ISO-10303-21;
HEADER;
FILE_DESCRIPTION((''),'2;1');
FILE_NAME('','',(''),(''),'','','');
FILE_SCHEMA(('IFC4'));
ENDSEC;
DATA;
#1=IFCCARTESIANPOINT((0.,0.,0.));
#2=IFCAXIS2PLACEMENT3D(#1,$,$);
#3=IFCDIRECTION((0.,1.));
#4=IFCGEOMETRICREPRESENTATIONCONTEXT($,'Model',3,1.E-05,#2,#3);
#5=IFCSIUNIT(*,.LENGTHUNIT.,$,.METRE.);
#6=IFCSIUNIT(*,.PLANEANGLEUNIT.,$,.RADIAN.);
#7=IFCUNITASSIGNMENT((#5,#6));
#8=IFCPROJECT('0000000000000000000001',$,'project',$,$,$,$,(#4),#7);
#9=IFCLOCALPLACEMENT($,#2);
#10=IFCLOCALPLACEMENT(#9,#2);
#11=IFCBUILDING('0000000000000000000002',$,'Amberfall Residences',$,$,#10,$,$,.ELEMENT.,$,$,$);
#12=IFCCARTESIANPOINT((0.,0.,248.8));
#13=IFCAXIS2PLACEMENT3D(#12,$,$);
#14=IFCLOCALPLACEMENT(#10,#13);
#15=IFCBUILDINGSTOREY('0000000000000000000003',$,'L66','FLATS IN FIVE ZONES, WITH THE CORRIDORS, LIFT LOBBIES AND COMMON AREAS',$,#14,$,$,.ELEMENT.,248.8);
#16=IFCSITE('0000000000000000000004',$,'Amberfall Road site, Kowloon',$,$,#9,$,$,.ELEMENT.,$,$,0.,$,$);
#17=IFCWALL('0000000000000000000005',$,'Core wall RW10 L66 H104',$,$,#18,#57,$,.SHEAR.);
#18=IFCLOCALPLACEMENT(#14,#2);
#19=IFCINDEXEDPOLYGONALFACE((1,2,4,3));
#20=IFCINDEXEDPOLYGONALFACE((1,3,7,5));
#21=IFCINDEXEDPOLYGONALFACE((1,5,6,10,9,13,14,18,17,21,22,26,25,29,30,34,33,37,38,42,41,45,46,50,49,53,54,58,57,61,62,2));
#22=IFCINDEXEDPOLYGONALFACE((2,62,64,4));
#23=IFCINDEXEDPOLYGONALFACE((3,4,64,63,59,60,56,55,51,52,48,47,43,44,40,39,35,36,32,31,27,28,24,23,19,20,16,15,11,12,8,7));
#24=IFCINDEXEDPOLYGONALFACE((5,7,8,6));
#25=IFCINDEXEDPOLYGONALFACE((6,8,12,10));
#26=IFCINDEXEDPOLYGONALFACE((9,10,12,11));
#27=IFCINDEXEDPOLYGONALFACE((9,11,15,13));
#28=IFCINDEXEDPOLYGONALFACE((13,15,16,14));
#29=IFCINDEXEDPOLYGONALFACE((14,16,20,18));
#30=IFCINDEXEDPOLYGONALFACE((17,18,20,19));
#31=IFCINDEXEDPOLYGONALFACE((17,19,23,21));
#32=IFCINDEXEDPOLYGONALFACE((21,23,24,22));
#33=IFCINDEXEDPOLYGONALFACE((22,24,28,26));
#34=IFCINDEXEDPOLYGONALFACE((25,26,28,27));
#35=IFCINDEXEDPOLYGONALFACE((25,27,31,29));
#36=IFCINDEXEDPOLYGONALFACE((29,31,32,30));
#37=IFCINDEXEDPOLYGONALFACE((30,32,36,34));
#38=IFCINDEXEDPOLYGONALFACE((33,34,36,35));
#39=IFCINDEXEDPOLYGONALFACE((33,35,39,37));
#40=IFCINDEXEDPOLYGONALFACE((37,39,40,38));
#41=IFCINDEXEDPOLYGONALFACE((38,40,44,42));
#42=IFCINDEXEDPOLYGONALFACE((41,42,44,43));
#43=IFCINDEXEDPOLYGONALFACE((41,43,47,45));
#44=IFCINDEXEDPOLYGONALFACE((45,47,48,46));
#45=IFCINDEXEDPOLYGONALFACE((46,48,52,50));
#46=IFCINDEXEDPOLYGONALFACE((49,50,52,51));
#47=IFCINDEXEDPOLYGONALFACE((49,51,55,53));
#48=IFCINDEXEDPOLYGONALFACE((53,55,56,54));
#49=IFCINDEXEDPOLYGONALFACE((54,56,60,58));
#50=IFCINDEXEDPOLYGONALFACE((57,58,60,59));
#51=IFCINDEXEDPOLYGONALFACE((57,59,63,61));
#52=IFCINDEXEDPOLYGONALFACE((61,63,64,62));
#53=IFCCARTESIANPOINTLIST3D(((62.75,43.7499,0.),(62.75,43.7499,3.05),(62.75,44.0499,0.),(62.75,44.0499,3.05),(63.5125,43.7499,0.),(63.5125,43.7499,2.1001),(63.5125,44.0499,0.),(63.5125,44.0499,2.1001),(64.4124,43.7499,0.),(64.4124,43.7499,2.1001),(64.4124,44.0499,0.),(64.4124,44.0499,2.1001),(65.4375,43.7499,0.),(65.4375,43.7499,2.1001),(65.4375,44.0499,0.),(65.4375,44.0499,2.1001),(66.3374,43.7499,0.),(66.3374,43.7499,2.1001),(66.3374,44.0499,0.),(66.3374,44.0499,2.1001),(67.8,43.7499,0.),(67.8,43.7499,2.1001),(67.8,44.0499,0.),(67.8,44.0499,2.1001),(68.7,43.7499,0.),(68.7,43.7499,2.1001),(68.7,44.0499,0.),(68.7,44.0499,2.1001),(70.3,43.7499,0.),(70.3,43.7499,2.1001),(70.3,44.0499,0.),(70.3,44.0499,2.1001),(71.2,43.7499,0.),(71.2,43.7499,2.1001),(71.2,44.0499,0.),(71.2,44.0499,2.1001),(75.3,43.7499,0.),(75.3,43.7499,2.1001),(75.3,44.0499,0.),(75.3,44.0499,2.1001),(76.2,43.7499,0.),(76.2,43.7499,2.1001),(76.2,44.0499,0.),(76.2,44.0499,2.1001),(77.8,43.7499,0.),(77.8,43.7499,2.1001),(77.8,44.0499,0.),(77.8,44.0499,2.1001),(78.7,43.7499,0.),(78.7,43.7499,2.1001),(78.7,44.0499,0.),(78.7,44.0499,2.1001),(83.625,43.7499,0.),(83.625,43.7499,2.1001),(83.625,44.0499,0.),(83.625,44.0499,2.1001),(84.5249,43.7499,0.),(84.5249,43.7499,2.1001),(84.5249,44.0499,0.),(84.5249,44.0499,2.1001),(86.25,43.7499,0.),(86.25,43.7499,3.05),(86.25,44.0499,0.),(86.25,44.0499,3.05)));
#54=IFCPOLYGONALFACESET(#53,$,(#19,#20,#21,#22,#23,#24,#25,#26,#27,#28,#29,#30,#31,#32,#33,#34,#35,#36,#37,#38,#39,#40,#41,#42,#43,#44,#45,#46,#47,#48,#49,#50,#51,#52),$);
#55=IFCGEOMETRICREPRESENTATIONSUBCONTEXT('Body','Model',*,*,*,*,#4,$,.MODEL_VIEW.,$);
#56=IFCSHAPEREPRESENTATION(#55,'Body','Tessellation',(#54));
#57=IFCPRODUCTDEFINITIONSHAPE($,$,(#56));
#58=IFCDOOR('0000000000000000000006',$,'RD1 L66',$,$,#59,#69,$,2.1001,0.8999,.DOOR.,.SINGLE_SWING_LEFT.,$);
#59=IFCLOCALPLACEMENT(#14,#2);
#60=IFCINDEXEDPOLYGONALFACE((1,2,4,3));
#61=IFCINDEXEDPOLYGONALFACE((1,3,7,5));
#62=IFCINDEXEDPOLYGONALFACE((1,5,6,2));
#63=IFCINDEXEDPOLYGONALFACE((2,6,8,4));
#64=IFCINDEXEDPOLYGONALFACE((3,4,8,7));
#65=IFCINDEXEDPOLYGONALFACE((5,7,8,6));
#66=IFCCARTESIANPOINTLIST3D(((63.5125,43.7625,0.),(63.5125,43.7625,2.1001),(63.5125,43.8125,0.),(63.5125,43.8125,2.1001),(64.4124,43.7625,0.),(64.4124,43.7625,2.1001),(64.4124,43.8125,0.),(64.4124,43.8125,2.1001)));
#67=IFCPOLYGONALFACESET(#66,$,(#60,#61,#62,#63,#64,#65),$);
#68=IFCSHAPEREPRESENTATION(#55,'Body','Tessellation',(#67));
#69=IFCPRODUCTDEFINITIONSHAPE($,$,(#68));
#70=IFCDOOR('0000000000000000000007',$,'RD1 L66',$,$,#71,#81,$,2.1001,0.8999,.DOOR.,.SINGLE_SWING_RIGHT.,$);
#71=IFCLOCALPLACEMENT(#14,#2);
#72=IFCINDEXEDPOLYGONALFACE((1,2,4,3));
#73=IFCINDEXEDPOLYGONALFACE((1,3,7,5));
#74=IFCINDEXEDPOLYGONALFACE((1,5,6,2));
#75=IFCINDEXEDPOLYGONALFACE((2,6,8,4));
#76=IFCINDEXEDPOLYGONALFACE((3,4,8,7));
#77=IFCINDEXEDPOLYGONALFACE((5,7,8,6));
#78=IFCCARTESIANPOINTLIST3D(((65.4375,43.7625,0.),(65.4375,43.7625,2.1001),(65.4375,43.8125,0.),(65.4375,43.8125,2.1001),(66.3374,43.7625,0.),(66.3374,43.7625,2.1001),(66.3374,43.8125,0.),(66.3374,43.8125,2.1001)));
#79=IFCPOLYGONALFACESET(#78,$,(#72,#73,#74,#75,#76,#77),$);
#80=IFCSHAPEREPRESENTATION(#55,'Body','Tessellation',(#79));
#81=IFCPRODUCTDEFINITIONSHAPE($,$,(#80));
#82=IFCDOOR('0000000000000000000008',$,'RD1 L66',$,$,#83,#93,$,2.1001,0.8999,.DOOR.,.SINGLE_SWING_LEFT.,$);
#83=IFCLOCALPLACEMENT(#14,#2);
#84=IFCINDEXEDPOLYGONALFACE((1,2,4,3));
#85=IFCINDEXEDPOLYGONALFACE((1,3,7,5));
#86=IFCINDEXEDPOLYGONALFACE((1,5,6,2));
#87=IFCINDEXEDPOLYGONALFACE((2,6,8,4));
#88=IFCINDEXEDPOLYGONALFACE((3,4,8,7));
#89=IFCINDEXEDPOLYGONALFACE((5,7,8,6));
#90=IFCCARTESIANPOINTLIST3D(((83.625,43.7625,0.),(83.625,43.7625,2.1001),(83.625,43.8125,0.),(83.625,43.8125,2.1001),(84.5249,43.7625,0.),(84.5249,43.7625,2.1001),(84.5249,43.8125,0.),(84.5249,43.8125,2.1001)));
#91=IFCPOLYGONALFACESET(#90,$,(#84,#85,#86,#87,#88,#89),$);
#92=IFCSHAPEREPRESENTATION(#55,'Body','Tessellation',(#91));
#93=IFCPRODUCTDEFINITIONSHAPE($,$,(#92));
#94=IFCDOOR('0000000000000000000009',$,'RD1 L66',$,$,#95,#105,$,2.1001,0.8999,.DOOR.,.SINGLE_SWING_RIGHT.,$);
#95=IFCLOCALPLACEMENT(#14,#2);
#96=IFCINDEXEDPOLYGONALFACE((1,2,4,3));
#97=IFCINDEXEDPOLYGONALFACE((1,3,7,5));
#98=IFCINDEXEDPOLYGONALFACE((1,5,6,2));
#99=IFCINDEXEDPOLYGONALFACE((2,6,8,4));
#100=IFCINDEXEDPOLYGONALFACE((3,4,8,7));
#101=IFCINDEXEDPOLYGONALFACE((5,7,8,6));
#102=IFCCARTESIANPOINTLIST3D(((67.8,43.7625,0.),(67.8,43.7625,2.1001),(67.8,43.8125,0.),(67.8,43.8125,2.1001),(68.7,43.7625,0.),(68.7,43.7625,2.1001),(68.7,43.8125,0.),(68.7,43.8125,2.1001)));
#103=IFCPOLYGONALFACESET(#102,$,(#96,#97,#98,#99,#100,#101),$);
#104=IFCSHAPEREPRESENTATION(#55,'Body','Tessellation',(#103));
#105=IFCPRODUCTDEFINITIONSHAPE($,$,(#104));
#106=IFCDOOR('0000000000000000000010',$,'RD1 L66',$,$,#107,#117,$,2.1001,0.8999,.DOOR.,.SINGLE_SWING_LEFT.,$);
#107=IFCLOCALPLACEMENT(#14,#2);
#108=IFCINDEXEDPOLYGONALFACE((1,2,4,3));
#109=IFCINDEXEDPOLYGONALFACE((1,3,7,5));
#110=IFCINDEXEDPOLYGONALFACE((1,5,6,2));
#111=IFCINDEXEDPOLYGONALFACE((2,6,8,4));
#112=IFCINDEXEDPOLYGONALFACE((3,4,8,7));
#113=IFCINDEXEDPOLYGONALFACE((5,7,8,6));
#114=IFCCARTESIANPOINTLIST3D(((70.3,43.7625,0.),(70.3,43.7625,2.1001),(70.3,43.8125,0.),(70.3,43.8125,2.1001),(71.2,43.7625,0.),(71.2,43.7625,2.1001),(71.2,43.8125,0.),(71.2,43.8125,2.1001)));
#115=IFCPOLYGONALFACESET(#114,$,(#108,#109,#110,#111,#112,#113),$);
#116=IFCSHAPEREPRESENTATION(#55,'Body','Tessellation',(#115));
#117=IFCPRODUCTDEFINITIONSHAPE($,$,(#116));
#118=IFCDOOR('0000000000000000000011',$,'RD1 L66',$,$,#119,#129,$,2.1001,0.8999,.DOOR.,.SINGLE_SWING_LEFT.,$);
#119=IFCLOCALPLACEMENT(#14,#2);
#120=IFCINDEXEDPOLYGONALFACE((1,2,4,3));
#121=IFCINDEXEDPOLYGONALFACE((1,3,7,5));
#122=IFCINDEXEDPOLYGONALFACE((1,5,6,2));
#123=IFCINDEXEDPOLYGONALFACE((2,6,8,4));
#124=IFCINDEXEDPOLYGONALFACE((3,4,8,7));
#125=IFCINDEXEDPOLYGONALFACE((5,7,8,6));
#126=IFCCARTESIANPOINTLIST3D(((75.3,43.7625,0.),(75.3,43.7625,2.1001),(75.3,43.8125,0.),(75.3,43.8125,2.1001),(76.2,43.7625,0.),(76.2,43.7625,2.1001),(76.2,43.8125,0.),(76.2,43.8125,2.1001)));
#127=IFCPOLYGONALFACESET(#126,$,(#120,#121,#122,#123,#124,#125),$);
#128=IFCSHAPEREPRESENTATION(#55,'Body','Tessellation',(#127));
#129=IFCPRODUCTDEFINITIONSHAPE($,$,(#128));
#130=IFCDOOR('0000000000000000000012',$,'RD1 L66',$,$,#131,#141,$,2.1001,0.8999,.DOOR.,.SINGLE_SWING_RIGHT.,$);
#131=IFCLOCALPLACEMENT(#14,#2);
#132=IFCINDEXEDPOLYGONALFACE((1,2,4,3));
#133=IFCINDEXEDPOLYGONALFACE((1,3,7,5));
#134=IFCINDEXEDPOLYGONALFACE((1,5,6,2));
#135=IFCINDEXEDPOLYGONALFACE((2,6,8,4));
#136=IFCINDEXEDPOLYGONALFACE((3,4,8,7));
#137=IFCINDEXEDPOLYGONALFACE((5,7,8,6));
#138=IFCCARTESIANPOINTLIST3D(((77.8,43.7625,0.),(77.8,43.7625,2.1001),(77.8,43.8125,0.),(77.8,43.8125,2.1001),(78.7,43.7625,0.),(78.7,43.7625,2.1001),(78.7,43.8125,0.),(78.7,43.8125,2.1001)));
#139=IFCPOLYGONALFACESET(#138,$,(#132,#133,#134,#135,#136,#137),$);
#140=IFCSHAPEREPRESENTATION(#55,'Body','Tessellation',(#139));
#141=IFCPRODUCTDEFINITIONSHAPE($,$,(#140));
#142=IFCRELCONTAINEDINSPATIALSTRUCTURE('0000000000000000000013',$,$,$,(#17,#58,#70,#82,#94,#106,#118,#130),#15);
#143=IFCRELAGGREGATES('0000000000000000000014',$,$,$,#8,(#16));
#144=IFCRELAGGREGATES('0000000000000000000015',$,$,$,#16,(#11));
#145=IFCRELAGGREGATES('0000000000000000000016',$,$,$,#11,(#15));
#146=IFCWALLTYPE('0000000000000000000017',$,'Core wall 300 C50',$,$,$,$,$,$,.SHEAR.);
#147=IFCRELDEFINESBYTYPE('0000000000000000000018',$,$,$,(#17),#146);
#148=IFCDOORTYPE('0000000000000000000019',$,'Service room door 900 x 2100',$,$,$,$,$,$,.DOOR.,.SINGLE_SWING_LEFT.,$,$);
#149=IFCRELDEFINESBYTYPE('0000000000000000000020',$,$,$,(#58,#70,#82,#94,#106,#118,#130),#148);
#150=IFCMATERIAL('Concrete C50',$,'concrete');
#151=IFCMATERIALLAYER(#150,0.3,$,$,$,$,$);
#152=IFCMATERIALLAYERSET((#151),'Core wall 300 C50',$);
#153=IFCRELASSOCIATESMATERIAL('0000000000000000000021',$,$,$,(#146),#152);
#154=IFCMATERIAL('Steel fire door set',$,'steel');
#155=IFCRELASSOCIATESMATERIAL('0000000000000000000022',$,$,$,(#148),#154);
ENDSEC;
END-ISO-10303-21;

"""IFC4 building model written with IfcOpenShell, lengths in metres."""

from ifc_helpers import new_model, si_unit, direction, frame, frame_2d, origin, place, context, subcontext, project, spatial, rectangle, extrude, material, layer, layer_set, type_object, element, fill, save


model = new_model("IFC4")

# Units and contexts
model_context = context("Model", 3, precision=1e-05, world=origin(), true_north=direction((0.0, 1.0)))
body_context = subcontext(model_context, "Body", "Model", "MODEL_VIEW")
ifc_project = project(units=[si_unit("LENGTHUNIT", "METRE"), si_unit("PLANEANGLEUNIT", "RADIAN")], contexts=[model_context])

# Site, building, storey
site_placement = place(None, origin())
site = spatial("IfcSite", under=ifc_project, at=site_placement, Name="Amberfall Road site, Kowloon", CompositionType="ELEMENT", RefElevation=0.0)
building_placement = place(site_placement, origin())
building = spatial("IfcBuilding", under=site, at=building_placement, Name="Amberfall Residences", CompositionType="ELEMENT")
storey_placement = place(building_placement, frame((0.0, 0.0, 248.8)))
storey = spatial("IfcBuildingStorey", under=building, at=storey_placement, Name="L66", Description="FLATS IN FIVE ZONES, WITH THE CORRIDORS, LIFT LOBBIES AND COMMON AREAS", CompositionType="ELEMENT", Elevation=248.8)

# Wall, openings, doors
ifc_material_1 = material(Name="Concrete C50", Category="concrete")
ifc_layer_1 = layer(ifc_material_1, 0.3)
ifc_layer_set_1 = layer_set([ifc_layer_1], Name="Core wall 300 C50")
wall_type_1 = type_object("IfcWallType", Name="Core wall 300 C50", PredefinedType="SHEAR", material=ifc_layer_set_1)
wall_1_placement = place(storey_placement, frame((62.75, 43.8999, 0.0), z_axis=(0.0, 0.0, 1.0), x_axis=(1.0, 0.0, 0.0)))
wall_1 = element("IfcWall", 1, at=wall_1_placement, inside=storey, type_object=wall_type_1, Name="Core wall RW10 L66 H104", PredefinedType="SHEAR", context=body_context, shape_type="SweptSolid", body=[
    extrude(rectangle(XDim=23.5, YDim=0.3, at=frame_2d((11.75, 0.0))), origin(), (0.0, 0.0, 1.0), 3.05),
])
opening_1_placement = place(wall_1_placement, frame((0.7625, 0.0, 0.0)))
opening_1 = element("IfcOpeningElement", 2, at=opening_1_placement, cuts=wall_1, PredefinedType="OPENING", context=body_context, shape_type="SweptSolid", body=[
    extrude(rectangle(XDim=0.8999, YDim=2.1001, at=frame_2d((0.45, 1.05))), frame((0.0, 0.1599, 0.0), z_axis=(0.0, -1.0, 0.0), x_axis=(1.0, 0.0, 0.0)), (0.0, 0.0, 1.0), 0.3201),
])
opening_2_placement = place(wall_1_placement, frame((2.6875, 0.0, 0.0)))
opening_2 = element("IfcOpeningElement", 3, at=opening_2_placement, cuts=wall_1, PredefinedType="OPENING", context=body_context, shape_type="SweptSolid", body=[
    extrude(rectangle(XDim=0.8999, YDim=2.1001, at=frame_2d((0.45, 1.05))), frame((0.0, 0.1599, 0.0), z_axis=(0.0, -1.0, 0.0), x_axis=(1.0, 0.0, 0.0)), (0.0, 0.0, 1.0), 0.3201),
])
opening_3_placement = place(wall_1_placement, frame((20.875, 0.0, 0.0)))
opening_3 = element("IfcOpeningElement", 4, at=opening_3_placement, cuts=wall_1, PredefinedType="OPENING", context=body_context, shape_type="SweptSolid", body=[
    extrude(rectangle(XDim=0.8999, YDim=2.1001, at=frame_2d((0.45, 1.05))), frame((0.0, 0.1599, 0.0), z_axis=(0.0, -1.0, 0.0), x_axis=(1.0, 0.0, 0.0)), (0.0, 0.0, 1.0), 0.3201),
])
opening_4_placement = place(wall_1_placement, frame((5.05, 0.0, 0.0)))
opening_4 = element("IfcOpeningElement", 5, at=opening_4_placement, cuts=wall_1, PredefinedType="OPENING", context=body_context, shape_type="SweptSolid", body=[
    extrude(rectangle(XDim=0.8999, YDim=2.1001, at=frame_2d((0.45, 1.05))), frame((0.0, 0.1599, 0.0), z_axis=(0.0, -1.0, 0.0), x_axis=(1.0, 0.0, 0.0)), (0.0, 0.0, 1.0), 0.3201),
])
opening_5_placement = place(wall_1_placement, frame((7.55, 0.0, 0.0)))
opening_5 = element("IfcOpeningElement", 6, at=opening_5_placement, cuts=wall_1, PredefinedType="OPENING", context=body_context, shape_type="SweptSolid", body=[
    extrude(rectangle(XDim=0.8999, YDim=2.1001, at=frame_2d((0.45, 1.05))), frame((0.0, 0.1599, 0.0), z_axis=(0.0, -1.0, 0.0), x_axis=(1.0, 0.0, 0.0)), (0.0, 0.0, 1.0), 0.3201),
])
opening_6_placement = place(wall_1_placement, frame((12.55, 0.0, 0.0)))
opening_6 = element("IfcOpeningElement", 7, at=opening_6_placement, cuts=wall_1, PredefinedType="OPENING", context=body_context, shape_type="SweptSolid", body=[
    extrude(rectangle(XDim=0.8999, YDim=2.1001, at=frame_2d((0.45, 1.05))), frame((0.0, 0.1599, 0.0), z_axis=(0.0, -1.0, 0.0), x_axis=(1.0, 0.0, 0.0)), (0.0, 0.0, 1.0), 0.3201),
])
opening_7_placement = place(wall_1_placement, frame((15.05, 0.0, 0.0)))
opening_7 = element("IfcOpeningElement", 8, at=opening_7_placement, cuts=wall_1, PredefinedType="OPENING", context=body_context, shape_type="SweptSolid", body=[
    extrude(rectangle(XDim=0.8999, YDim=2.1001, at=frame_2d((0.45, 1.05))), frame((0.0, 0.1599, 0.0), z_axis=(0.0, -1.0, 0.0), x_axis=(1.0, 0.0, 0.0)), (0.0, 0.0, 1.0), 0.3201),
])
ifc_material_2 = material(Name="Steel fire door set", Category="steel")
door_type_1 = type_object("IfcDoorType", Name="Service room door 900 x 2100", OperationType="SINGLE_SWING_LEFT", PredefinedType="DOOR", material=ifc_material_2)
door_1_placement = place(opening_1_placement, origin())
door_1 = element("IfcDoor", 9, at=door_1_placement, inside=storey, type_object=door_type_1, Name="RD1 L66", OperationType="SINGLE_SWING_LEFT", OverallHeight=2.1001, OverallWidth=0.8999, PredefinedType="DOOR", context=body_context, shape_type="SweptSolid", body=[
    extrude(rectangle(XDim=0.8999, YDim=2.1001, at=frame_2d((0.45, 1.05))), frame((0.0, -0.0874, 0.0), z_axis=(0.0, -1.0, 0.0), x_axis=(1.0, 0.0, 0.0)), (0.0, 0.0, 1.0), 0.05),
])
fill(opening_1, door_1)
door_2_placement = place(opening_2_placement, origin())
door_2 = element("IfcDoor", 10, at=door_2_placement, inside=storey, type_object=door_type_1, Name="RD1 L66", OperationType="SINGLE_SWING_RIGHT", OverallHeight=2.1001, OverallWidth=0.8999, PredefinedType="DOOR", context=body_context, shape_type="SweptSolid", body=[
    extrude(rectangle(XDim=0.8999, YDim=2.1001, at=frame_2d((0.45, 1.05))), frame((0.0, -0.0874, 0.0), z_axis=(0.0, -1.0, 0.0), x_axis=(1.0, 0.0, 0.0)), (0.0, 0.0, 1.0), 0.05),
])
fill(opening_2, door_2)
door_3_placement = place(opening_3_placement, origin())
door_3 = element("IfcDoor", 11, at=door_3_placement, inside=storey, type_object=door_type_1, Name="RD1 L66", OperationType="SINGLE_SWING_LEFT", OverallHeight=2.1001, OverallWidth=0.8999, PredefinedType="DOOR", context=body_context, shape_type="SweptSolid", body=[
    extrude(rectangle(XDim=0.8999, YDim=2.1001, at=frame_2d((0.45, 1.05))), frame((0.0, -0.0874, 0.0), z_axis=(0.0, -1.0, 0.0), x_axis=(1.0, 0.0, 0.0)), (0.0, 0.0, 1.0), 0.05),
])
fill(opening_3, door_3)
door_4_placement = place(opening_4_placement, origin())
door_4 = element("IfcDoor", 12, at=door_4_placement, inside=storey, type_object=door_type_1, Name="RD1 L66", OperationType="SINGLE_SWING_RIGHT", OverallHeight=2.1001, OverallWidth=0.8999, PredefinedType="DOOR", context=body_context, shape_type="SweptSolid", body=[
    extrude(rectangle(XDim=0.8999, YDim=2.1001, at=frame_2d((0.45, 1.05))), frame((0.0, -0.0874, 0.0), z_axis=(0.0, -1.0, 0.0), x_axis=(1.0, 0.0, 0.0)), (0.0, 0.0, 1.0), 0.05),
])
fill(opening_4, door_4)
door_5_placement = place(opening_5_placement, origin())
door_5 = element("IfcDoor", 13, at=door_5_placement, inside=storey, type_object=door_type_1, Name="RD1 L66", OperationType="SINGLE_SWING_LEFT", OverallHeight=2.1001, OverallWidth=0.8999, PredefinedType="DOOR", context=body_context, shape_type="SweptSolid", body=[
    extrude(rectangle(XDim=0.8999, YDim=2.1001, at=frame_2d((0.45, 1.05))), frame((0.0, -0.0874, 0.0), z_axis=(0.0, -1.0, 0.0), x_axis=(1.0, 0.0, 0.0)), (0.0, 0.0, 1.0), 0.05),
])
fill(opening_5, door_5)
door_6_placement = place(opening_6_placement, origin())
door_6 = element("IfcDoor", 14, at=door_6_placement, inside=storey, type_object=door_type_1, Name="RD1 L66", OperationType="SINGLE_SWING_LEFT", OverallHeight=2.1001, OverallWidth=0.8999, PredefinedType="DOOR", context=body_context, shape_type="SweptSolid", body=[
    extrude(rectangle(XDim=0.8999, YDim=2.1001, at=frame_2d((0.45, 1.05))), frame((0.0, -0.0874, 0.0), z_axis=(0.0, -1.0, 0.0), x_axis=(1.0, 0.0, 0.0)), (0.0, 0.0, 1.0), 0.05),
])
fill(opening_6, door_6)
door_7_placement = place(opening_7_placement, origin())
door_7 = element("IfcDoor", 15, at=door_7_placement, inside=storey, type_object=door_type_1, Name="RD1 L66", OperationType="SINGLE_SWING_RIGHT", OverallHeight=2.1001, OverallWidth=0.8999, PredefinedType="DOOR", context=body_context, shape_type="SweptSolid", body=[
    extrude(rectangle(XDim=0.8999, YDim=2.1001, at=frame_2d((0.45, 1.05))), frame((0.0, -0.0874, 0.0), z_axis=(0.0, -1.0, 0.0), x_axis=(1.0, 0.0, 0.0)), (0.0, 0.0, 1.0), 0.05),
])
fill(opening_7, door_7)

save(model, "model.ifc")
